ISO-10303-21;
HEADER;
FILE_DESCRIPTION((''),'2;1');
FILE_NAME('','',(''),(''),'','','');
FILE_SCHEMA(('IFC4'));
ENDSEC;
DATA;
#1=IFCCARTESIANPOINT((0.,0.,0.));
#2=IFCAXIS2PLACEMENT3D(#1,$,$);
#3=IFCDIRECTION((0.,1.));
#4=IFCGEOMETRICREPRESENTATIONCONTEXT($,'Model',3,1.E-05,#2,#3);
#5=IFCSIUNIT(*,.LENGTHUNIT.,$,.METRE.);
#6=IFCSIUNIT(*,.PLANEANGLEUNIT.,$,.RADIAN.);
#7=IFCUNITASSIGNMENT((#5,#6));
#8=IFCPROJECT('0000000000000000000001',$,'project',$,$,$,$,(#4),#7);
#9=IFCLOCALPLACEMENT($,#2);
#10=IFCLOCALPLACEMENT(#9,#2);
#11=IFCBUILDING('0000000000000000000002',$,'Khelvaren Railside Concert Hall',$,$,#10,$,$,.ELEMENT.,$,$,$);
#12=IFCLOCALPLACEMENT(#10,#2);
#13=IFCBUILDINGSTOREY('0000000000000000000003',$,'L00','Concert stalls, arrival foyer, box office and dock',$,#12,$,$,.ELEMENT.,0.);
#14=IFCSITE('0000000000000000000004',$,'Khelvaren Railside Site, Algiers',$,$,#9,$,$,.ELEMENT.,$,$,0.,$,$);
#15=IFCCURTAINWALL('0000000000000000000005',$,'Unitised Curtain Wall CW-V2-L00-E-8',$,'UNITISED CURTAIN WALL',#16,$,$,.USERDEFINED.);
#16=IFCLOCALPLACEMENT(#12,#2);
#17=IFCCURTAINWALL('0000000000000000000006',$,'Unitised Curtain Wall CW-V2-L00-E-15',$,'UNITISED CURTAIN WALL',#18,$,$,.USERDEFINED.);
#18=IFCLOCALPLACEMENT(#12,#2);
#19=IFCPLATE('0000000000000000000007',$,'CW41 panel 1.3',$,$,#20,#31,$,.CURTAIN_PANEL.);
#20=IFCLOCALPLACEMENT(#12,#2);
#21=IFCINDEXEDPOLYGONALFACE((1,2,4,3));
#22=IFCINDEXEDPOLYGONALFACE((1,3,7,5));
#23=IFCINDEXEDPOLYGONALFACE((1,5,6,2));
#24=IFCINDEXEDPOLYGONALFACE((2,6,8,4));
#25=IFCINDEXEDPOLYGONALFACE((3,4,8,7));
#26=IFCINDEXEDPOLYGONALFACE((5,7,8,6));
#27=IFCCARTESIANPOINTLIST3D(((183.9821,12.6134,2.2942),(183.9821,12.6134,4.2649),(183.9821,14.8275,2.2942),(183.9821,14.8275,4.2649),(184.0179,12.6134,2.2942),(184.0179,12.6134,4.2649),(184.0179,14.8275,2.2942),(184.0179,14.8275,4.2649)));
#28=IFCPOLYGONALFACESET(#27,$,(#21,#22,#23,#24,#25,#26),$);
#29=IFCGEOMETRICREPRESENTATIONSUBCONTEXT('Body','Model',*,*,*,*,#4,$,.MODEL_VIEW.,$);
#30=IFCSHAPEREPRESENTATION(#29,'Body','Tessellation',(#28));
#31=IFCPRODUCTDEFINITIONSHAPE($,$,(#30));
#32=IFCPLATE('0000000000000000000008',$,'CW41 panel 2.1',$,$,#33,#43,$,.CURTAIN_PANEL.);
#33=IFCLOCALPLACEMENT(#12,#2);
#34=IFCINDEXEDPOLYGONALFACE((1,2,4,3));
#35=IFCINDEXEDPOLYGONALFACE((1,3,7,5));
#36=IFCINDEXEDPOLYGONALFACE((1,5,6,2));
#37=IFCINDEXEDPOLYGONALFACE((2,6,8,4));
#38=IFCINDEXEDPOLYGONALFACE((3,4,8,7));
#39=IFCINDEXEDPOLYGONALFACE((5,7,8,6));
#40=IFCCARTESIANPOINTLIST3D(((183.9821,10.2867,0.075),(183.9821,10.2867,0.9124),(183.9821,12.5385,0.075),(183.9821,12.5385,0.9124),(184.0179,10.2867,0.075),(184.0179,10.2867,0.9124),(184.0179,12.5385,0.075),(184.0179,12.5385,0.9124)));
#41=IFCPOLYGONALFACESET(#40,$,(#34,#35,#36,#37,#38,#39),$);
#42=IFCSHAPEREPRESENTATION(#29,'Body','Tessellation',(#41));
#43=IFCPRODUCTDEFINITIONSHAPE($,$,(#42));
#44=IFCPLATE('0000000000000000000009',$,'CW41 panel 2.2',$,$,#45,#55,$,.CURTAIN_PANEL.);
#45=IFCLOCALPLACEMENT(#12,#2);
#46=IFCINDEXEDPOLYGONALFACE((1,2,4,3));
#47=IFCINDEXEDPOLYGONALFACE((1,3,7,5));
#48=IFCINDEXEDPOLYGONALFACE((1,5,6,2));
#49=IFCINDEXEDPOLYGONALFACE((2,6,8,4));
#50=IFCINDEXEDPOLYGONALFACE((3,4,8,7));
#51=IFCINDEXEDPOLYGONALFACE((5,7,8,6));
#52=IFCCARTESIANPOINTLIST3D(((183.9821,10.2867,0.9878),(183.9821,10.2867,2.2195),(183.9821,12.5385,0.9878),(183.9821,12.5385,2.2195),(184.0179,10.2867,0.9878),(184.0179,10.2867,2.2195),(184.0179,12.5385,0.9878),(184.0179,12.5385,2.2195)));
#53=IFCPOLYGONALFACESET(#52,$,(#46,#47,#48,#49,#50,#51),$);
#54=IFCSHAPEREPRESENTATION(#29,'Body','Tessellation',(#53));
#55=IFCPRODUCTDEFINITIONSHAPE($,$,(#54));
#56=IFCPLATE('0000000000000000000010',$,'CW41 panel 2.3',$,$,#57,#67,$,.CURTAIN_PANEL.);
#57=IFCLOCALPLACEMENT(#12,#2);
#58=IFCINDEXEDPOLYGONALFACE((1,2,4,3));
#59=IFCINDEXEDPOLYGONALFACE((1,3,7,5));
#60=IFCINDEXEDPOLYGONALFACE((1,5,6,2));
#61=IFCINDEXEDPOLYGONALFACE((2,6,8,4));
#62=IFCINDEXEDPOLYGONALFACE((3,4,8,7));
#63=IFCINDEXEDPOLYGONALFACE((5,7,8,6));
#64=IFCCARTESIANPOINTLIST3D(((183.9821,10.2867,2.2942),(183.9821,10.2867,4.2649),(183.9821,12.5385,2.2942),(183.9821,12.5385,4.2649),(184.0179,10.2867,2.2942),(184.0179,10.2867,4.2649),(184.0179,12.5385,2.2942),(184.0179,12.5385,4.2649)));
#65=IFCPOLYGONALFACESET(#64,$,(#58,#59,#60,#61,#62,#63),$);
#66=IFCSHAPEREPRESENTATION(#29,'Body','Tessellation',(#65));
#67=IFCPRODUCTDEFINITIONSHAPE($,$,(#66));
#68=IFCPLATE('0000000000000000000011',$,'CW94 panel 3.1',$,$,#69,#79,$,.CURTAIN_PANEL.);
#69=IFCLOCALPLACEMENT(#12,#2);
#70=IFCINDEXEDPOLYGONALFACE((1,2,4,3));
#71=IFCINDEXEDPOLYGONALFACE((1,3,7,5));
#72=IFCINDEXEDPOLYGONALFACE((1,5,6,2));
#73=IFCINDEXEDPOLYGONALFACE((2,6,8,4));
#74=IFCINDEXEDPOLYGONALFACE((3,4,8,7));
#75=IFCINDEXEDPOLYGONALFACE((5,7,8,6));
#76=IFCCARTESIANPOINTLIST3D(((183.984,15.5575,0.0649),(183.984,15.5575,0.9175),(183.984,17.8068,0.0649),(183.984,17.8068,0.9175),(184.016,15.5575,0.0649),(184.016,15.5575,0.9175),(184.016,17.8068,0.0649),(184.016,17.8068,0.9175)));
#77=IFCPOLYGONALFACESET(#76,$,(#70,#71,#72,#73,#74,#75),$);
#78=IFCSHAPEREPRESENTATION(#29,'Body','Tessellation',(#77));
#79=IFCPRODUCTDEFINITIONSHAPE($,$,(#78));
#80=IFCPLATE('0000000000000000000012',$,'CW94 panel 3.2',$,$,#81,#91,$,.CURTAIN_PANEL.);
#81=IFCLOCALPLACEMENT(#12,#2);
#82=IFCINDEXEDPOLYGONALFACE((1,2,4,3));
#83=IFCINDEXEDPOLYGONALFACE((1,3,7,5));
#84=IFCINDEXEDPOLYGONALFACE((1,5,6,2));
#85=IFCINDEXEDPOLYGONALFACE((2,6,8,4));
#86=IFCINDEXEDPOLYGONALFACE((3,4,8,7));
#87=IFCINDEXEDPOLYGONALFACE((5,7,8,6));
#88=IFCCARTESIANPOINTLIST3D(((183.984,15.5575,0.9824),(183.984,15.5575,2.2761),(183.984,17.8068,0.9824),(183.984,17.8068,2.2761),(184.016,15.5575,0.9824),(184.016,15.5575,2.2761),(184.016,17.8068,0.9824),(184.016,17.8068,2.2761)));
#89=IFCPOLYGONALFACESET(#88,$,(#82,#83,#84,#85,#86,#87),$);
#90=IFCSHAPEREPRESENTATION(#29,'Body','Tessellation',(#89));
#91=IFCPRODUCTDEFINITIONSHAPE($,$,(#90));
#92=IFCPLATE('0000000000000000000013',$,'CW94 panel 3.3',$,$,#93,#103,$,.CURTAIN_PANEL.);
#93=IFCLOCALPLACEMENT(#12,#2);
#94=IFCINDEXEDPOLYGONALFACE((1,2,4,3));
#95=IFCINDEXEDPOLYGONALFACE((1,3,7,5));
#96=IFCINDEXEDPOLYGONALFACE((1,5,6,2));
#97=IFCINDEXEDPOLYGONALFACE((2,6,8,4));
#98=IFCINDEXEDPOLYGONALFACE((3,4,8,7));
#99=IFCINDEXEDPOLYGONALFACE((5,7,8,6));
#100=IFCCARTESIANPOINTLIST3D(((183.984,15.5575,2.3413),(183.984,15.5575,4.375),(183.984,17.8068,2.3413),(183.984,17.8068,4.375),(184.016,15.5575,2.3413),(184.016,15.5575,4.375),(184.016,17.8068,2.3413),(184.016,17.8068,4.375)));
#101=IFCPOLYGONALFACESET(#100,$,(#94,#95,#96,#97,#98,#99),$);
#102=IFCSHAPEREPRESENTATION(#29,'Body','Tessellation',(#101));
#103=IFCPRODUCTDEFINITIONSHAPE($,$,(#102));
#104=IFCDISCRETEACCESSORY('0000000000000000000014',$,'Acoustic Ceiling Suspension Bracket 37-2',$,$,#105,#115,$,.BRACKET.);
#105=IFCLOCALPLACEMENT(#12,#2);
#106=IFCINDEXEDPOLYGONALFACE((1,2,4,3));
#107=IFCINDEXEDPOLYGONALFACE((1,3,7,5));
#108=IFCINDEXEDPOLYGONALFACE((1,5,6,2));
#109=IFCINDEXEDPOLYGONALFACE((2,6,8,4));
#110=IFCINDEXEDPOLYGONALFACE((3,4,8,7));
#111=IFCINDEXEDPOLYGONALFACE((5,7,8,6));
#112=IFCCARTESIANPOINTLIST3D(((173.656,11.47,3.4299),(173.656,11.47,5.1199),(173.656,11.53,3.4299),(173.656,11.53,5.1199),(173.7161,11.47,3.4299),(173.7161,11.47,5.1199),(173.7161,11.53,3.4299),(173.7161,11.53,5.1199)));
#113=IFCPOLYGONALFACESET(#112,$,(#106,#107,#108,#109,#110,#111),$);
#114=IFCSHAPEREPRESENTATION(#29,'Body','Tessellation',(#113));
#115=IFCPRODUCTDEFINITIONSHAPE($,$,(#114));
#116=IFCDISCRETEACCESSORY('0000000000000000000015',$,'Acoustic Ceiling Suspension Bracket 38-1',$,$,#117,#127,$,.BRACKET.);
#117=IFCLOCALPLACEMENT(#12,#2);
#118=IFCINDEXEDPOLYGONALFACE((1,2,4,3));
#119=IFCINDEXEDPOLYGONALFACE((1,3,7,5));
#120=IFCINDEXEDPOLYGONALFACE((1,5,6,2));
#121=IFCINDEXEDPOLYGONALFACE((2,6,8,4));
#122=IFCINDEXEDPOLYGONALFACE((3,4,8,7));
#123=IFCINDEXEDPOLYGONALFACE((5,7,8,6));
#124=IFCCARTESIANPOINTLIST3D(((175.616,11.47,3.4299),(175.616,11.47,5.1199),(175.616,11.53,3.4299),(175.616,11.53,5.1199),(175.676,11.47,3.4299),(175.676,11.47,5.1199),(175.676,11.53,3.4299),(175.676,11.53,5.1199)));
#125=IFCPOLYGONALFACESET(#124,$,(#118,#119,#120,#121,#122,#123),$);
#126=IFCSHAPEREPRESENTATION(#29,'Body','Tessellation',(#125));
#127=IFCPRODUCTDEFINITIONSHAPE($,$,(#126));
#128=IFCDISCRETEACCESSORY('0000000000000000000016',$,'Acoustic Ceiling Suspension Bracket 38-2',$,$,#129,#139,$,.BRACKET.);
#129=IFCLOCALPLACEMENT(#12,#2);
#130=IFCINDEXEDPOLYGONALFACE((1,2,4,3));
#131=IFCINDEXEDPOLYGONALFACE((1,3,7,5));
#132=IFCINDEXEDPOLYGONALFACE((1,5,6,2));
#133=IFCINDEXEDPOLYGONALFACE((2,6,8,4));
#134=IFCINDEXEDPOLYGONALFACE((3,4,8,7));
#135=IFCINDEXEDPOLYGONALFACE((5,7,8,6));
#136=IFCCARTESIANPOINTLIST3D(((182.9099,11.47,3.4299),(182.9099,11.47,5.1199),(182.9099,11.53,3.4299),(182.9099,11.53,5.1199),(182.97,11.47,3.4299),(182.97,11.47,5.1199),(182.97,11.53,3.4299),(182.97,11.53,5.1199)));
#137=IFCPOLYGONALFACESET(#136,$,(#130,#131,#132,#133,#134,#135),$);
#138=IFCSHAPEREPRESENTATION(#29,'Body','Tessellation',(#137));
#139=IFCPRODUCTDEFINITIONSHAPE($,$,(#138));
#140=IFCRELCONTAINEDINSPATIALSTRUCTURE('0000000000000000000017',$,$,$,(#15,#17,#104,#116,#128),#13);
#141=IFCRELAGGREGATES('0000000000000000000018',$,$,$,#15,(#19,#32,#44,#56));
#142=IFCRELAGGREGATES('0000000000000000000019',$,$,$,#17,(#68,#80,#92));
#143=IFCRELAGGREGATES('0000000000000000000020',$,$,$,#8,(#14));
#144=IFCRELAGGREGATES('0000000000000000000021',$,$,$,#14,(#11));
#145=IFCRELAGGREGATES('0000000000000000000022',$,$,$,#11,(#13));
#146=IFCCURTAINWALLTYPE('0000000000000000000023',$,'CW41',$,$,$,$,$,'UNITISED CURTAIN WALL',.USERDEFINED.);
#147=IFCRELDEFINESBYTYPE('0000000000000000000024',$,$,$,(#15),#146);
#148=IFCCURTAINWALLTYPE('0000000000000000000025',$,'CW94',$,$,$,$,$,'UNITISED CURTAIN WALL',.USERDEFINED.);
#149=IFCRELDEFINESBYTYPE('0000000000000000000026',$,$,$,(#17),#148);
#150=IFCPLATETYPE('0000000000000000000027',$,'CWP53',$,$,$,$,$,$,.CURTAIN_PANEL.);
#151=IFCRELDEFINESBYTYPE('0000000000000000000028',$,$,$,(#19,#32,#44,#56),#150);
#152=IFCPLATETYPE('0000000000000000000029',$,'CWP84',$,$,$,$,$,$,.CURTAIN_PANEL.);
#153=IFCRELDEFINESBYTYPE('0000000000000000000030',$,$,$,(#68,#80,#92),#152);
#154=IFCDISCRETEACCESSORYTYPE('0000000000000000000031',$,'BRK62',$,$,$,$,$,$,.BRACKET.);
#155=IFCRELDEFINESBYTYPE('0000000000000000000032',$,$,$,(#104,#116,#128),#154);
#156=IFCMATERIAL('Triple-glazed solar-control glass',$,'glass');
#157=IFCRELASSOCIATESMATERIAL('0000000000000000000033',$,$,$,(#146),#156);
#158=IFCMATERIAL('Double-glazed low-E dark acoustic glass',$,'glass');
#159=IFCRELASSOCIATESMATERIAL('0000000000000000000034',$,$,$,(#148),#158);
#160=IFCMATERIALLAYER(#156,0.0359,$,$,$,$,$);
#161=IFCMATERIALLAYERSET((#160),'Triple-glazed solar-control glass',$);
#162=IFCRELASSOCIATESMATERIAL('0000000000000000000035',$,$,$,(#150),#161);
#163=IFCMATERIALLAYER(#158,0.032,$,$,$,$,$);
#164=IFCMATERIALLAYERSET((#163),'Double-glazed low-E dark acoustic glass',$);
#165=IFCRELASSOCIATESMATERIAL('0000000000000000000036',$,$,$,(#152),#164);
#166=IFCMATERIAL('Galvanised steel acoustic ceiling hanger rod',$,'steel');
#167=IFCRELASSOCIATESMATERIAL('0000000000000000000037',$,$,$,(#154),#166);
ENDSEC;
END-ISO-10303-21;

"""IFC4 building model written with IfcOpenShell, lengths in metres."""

from ifc_helpers import new_model, si_unit, direction, frame, origin, origin_2d, place, context, subcontext, project, spatial, rectangle, extrude, material, layer, layer_set, type_object, element, aggregate, save


model = new_model("IFC4")

# Units and contexts
model_context = context("Model", 3, precision=1e-05, world=origin(), true_north=direction((0.0, 1.0)))
body_context = subcontext(model_context, "Body", "Model", "MODEL_VIEW")
ifc_project = project(units=[si_unit("LENGTHUNIT", "METRE"), si_unit("PLANEANGLEUNIT", "RADIAN")], contexts=[model_context])

# Site, building, storey
site_placement = place(None, origin())
site = spatial("IfcSite", under=ifc_project, at=site_placement, Name="Khelvaren Railside Site, Algiers", CompositionType="ELEMENT", RefElevation=0.0)
building_placement = place(site_placement, origin())
building = spatial("IfcBuilding", under=site, at=building_placement, Name="Khelvaren Railside Concert Hall", CompositionType="ELEMENT")
storey_placement = place(building_placement, origin())
storey = spatial("IfcBuildingStorey", under=building, at=storey_placement, Name="L00", Description="Concert stalls, arrival foyer, box office and dock", CompositionType="ELEMENT", Elevation=0.0)

# Curtain wall
ifc_material_1 = material(Name="Triple-glazed solar-control glass", Category="glass")
curtain_wall_type_1 = type_object("IfcCurtainWallType", Name="CW41", ElementType="UNITISED CURTAIN WALL", PredefinedType="USERDEFINED", material=ifc_material_1)
curtain_wall_1_placement = place(storey_placement, origin())
curtain_wall_1 = element("IfcCurtainWall", 1, at=curtain_wall_1_placement, inside=storey, type_object=curtain_wall_type_1, Name="Unitised Curtain Wall CW-V2-L00-E-8", ObjectType="UNITISED CURTAIN WALL", PredefinedType="USERDEFINED")

# Curtain wall
ifc_material_2 = material(Name="Double-glazed low-E dark acoustic glass", Category="glass")
curtain_wall_type_2 = type_object("IfcCurtainWallType", Name="CW94", ElementType="UNITISED CURTAIN WALL", PredefinedType="USERDEFINED", material=ifc_material_2)
curtain_wall_2_placement = place(storey_placement, origin())
curtain_wall_2 = element("IfcCurtainWall", 2, at=curtain_wall_2_placement, inside=storey, type_object=curtain_wall_type_2, Name="Unitised Curtain Wall CW-V2-L00-E-15", ObjectType="UNITISED CURTAIN WALL", PredefinedType="USERDEFINED")

# Plates
ifc_layer_1 = layer(ifc_material_1, 0.0359)
ifc_layer_set_1 = layer_set([ifc_layer_1], Name="Triple-glazed solar-control glass")
plate_type_1 = type_object("IfcPlateType", Name="CWP53", PredefinedType="CURTAIN_PANEL", material=ifc_layer_set_1)
plate_1_placement = place(storey_placement, frame((184.0, 13.7205, 2.2942), z_axis=(0.0, 0.0, 1.0), x_axis=(0.0, -1.0, 0.0)))
plate_1 = element("IfcPlate", 3, at=plate_1_placement, type_object=plate_type_1, Name="CW41 panel 1.3", PredefinedType="CURTAIN_PANEL", context=body_context, shape_type="SweptSolid", body=[
    extrude(rectangle(XDim=2.2141, YDim=0.0359, at=origin_2d()), origin(), (0.0, 0.0, 1.0), 1.9707),
])
plate_2_placement = place(storey_placement, frame((184.0, 11.4126, 0.075), z_axis=(0.0, 0.0, 1.0), x_axis=(0.0, -1.0, 0.0)))
plate_2 = element("IfcPlate", 4, at=plate_2_placement, type_object=plate_type_1, Name="CW41 panel 2.1", PredefinedType="CURTAIN_PANEL", context=body_context, shape_type="SweptSolid", body=[
    extrude(rectangle(XDim=2.2517, YDim=0.0359, at=origin_2d()), origin(), (0.0, 0.0, 1.0), 0.8374),
])
plate_3_placement = place(storey_placement, frame((184.0, 11.4126, 0.9878), z_axis=(0.0, 0.0, 1.0), x_axis=(0.0, -1.0, 0.0)))
plate_3 = element("IfcPlate", 5, at=plate_3_placement, type_object=plate_type_1, Name="CW41 panel 2.2", PredefinedType="CURTAIN_PANEL", context=body_context, shape_type="SweptSolid", body=[
    extrude(rectangle(XDim=2.2517, YDim=0.0359, at=origin_2d()), origin(), (0.0, 0.0, 1.0), 1.2317),
])
plate_4_placement = place(storey_placement, frame((184.0, 11.4126, 2.2942), z_axis=(0.0, 0.0, 1.0), x_axis=(0.0, -1.0, 0.0)))
plate_4 = element("IfcPlate", 6, at=plate_4_placement, type_object=plate_type_1, Name="CW41 panel 2.3", PredefinedType="CURTAIN_PANEL", context=body_context, shape_type="SweptSolid", body=[
    extrude(rectangle(XDim=2.2517, YDim=0.0359, at=origin_2d()), origin(), (0.0, 0.0, 1.0), 1.9707),
])
aggregate(curtain_wall_1, [plate_1, plate_2, plate_3, plate_4])
ifc_layer_2 = layer(ifc_material_2, 0.032)
ifc_layer_set_2 = layer_set([ifc_layer_2], Name="Double-glazed low-E dark acoustic glass")
plate_type_2 = type_object("IfcPlateType", Name="CWP84", PredefinedType="CURTAIN_PANEL", material=ifc_layer_set_2)
plate_5_placement = place(storey_placement, frame((184.0, 16.6821, 0.0649), z_axis=(0.0, 0.0, 1.0), x_axis=(0.0, -1.0, 0.0)))
plate_5 = element("IfcPlate", 7, at=plate_5_placement, type_object=plate_type_2, Name="CW94 panel 3.1", PredefinedType="CURTAIN_PANEL", context=body_context, shape_type="SweptSolid", body=[
    extrude(rectangle(XDim=2.2493, YDim=0.032, at=origin_2d()), origin(), (0.0, 0.0, 1.0), 0.8525),
])
plate_6_placement = place(storey_placement, frame((184.0, 16.6821, 0.9824), z_axis=(0.0, 0.0, 1.0), x_axis=(0.0, -1.0, 0.0)))
plate_6 = element("IfcPlate", 8, at=plate_6_placement, type_object=plate_type_2, Name="CW94 panel 3.2", PredefinedType="CURTAIN_PANEL", context=body_context, shape_type="SweptSolid", body=[
    extrude(rectangle(XDim=2.2493, YDim=0.032, at=origin_2d()), origin(), (0.0, 0.0, 1.0), 1.2937),
])
plate_7_placement = place(storey_placement, frame((184.0, 16.6821, 2.3413), z_axis=(0.0, 0.0, 1.0), x_axis=(0.0, -1.0, 0.0)))
plate_7 = element("IfcPlate", 9, at=plate_7_placement, type_object=plate_type_2, Name="CW94 panel 3.3", PredefinedType="CURTAIN_PANEL", context=body_context, shape_type="SweptSolid", body=[
    extrude(rectangle(XDim=2.2493, YDim=0.032, at=origin_2d()), origin(), (0.0, 0.0, 1.0), 2.0337),
])
aggregate(curtain_wall_2, [plate_5, plate_6, plate_7])

# Discrete accessories
ifc_material_3 = material(Name="Galvanised steel acoustic ceiling hanger rod", Category="steel")
discrete_accessory_type = type_object("IfcDiscreteAccessoryType", Name="BRK62", PredefinedType="BRACKET", material=ifc_material_3)
for number, where, z_axis, x_axis, name in (
    (10, (173.686, 11.5, 3.4299), (0.0, 0.0, 1.0), (1.0, 0.0, 0.0), "Acoustic Ceiling Suspension Bracket 37-2"),
    (11, (175.646, 11.5, 3.4299), (0.0, 0.0, 1.0), (1.0, 0.0, 0.0), "Acoustic Ceiling Suspension Bracket 38-1"),
    (12, (182.9399, 11.5, 3.4299), (0.0, 0.0, 1.0), (1.0, 0.0, 0.0), "Acoustic Ceiling Suspension Bracket 38-2"),
):
    element("IfcDiscreteAccessory", number, at=place(storey_placement, frame(where, z_axis=z_axis, x_axis=x_axis)), inside=storey, type_object=discrete_accessory_type, Name=name, PredefinedType="BRACKET", context=body_context, shape_type="SweptSolid", body=[
        extrude(rectangle(XDim=0.0601, YDim=0.0601, at=origin_2d()), origin(), (0.0, 0.0, 1.0), 1.6899),
    ])

save(model, "model.ifc")
